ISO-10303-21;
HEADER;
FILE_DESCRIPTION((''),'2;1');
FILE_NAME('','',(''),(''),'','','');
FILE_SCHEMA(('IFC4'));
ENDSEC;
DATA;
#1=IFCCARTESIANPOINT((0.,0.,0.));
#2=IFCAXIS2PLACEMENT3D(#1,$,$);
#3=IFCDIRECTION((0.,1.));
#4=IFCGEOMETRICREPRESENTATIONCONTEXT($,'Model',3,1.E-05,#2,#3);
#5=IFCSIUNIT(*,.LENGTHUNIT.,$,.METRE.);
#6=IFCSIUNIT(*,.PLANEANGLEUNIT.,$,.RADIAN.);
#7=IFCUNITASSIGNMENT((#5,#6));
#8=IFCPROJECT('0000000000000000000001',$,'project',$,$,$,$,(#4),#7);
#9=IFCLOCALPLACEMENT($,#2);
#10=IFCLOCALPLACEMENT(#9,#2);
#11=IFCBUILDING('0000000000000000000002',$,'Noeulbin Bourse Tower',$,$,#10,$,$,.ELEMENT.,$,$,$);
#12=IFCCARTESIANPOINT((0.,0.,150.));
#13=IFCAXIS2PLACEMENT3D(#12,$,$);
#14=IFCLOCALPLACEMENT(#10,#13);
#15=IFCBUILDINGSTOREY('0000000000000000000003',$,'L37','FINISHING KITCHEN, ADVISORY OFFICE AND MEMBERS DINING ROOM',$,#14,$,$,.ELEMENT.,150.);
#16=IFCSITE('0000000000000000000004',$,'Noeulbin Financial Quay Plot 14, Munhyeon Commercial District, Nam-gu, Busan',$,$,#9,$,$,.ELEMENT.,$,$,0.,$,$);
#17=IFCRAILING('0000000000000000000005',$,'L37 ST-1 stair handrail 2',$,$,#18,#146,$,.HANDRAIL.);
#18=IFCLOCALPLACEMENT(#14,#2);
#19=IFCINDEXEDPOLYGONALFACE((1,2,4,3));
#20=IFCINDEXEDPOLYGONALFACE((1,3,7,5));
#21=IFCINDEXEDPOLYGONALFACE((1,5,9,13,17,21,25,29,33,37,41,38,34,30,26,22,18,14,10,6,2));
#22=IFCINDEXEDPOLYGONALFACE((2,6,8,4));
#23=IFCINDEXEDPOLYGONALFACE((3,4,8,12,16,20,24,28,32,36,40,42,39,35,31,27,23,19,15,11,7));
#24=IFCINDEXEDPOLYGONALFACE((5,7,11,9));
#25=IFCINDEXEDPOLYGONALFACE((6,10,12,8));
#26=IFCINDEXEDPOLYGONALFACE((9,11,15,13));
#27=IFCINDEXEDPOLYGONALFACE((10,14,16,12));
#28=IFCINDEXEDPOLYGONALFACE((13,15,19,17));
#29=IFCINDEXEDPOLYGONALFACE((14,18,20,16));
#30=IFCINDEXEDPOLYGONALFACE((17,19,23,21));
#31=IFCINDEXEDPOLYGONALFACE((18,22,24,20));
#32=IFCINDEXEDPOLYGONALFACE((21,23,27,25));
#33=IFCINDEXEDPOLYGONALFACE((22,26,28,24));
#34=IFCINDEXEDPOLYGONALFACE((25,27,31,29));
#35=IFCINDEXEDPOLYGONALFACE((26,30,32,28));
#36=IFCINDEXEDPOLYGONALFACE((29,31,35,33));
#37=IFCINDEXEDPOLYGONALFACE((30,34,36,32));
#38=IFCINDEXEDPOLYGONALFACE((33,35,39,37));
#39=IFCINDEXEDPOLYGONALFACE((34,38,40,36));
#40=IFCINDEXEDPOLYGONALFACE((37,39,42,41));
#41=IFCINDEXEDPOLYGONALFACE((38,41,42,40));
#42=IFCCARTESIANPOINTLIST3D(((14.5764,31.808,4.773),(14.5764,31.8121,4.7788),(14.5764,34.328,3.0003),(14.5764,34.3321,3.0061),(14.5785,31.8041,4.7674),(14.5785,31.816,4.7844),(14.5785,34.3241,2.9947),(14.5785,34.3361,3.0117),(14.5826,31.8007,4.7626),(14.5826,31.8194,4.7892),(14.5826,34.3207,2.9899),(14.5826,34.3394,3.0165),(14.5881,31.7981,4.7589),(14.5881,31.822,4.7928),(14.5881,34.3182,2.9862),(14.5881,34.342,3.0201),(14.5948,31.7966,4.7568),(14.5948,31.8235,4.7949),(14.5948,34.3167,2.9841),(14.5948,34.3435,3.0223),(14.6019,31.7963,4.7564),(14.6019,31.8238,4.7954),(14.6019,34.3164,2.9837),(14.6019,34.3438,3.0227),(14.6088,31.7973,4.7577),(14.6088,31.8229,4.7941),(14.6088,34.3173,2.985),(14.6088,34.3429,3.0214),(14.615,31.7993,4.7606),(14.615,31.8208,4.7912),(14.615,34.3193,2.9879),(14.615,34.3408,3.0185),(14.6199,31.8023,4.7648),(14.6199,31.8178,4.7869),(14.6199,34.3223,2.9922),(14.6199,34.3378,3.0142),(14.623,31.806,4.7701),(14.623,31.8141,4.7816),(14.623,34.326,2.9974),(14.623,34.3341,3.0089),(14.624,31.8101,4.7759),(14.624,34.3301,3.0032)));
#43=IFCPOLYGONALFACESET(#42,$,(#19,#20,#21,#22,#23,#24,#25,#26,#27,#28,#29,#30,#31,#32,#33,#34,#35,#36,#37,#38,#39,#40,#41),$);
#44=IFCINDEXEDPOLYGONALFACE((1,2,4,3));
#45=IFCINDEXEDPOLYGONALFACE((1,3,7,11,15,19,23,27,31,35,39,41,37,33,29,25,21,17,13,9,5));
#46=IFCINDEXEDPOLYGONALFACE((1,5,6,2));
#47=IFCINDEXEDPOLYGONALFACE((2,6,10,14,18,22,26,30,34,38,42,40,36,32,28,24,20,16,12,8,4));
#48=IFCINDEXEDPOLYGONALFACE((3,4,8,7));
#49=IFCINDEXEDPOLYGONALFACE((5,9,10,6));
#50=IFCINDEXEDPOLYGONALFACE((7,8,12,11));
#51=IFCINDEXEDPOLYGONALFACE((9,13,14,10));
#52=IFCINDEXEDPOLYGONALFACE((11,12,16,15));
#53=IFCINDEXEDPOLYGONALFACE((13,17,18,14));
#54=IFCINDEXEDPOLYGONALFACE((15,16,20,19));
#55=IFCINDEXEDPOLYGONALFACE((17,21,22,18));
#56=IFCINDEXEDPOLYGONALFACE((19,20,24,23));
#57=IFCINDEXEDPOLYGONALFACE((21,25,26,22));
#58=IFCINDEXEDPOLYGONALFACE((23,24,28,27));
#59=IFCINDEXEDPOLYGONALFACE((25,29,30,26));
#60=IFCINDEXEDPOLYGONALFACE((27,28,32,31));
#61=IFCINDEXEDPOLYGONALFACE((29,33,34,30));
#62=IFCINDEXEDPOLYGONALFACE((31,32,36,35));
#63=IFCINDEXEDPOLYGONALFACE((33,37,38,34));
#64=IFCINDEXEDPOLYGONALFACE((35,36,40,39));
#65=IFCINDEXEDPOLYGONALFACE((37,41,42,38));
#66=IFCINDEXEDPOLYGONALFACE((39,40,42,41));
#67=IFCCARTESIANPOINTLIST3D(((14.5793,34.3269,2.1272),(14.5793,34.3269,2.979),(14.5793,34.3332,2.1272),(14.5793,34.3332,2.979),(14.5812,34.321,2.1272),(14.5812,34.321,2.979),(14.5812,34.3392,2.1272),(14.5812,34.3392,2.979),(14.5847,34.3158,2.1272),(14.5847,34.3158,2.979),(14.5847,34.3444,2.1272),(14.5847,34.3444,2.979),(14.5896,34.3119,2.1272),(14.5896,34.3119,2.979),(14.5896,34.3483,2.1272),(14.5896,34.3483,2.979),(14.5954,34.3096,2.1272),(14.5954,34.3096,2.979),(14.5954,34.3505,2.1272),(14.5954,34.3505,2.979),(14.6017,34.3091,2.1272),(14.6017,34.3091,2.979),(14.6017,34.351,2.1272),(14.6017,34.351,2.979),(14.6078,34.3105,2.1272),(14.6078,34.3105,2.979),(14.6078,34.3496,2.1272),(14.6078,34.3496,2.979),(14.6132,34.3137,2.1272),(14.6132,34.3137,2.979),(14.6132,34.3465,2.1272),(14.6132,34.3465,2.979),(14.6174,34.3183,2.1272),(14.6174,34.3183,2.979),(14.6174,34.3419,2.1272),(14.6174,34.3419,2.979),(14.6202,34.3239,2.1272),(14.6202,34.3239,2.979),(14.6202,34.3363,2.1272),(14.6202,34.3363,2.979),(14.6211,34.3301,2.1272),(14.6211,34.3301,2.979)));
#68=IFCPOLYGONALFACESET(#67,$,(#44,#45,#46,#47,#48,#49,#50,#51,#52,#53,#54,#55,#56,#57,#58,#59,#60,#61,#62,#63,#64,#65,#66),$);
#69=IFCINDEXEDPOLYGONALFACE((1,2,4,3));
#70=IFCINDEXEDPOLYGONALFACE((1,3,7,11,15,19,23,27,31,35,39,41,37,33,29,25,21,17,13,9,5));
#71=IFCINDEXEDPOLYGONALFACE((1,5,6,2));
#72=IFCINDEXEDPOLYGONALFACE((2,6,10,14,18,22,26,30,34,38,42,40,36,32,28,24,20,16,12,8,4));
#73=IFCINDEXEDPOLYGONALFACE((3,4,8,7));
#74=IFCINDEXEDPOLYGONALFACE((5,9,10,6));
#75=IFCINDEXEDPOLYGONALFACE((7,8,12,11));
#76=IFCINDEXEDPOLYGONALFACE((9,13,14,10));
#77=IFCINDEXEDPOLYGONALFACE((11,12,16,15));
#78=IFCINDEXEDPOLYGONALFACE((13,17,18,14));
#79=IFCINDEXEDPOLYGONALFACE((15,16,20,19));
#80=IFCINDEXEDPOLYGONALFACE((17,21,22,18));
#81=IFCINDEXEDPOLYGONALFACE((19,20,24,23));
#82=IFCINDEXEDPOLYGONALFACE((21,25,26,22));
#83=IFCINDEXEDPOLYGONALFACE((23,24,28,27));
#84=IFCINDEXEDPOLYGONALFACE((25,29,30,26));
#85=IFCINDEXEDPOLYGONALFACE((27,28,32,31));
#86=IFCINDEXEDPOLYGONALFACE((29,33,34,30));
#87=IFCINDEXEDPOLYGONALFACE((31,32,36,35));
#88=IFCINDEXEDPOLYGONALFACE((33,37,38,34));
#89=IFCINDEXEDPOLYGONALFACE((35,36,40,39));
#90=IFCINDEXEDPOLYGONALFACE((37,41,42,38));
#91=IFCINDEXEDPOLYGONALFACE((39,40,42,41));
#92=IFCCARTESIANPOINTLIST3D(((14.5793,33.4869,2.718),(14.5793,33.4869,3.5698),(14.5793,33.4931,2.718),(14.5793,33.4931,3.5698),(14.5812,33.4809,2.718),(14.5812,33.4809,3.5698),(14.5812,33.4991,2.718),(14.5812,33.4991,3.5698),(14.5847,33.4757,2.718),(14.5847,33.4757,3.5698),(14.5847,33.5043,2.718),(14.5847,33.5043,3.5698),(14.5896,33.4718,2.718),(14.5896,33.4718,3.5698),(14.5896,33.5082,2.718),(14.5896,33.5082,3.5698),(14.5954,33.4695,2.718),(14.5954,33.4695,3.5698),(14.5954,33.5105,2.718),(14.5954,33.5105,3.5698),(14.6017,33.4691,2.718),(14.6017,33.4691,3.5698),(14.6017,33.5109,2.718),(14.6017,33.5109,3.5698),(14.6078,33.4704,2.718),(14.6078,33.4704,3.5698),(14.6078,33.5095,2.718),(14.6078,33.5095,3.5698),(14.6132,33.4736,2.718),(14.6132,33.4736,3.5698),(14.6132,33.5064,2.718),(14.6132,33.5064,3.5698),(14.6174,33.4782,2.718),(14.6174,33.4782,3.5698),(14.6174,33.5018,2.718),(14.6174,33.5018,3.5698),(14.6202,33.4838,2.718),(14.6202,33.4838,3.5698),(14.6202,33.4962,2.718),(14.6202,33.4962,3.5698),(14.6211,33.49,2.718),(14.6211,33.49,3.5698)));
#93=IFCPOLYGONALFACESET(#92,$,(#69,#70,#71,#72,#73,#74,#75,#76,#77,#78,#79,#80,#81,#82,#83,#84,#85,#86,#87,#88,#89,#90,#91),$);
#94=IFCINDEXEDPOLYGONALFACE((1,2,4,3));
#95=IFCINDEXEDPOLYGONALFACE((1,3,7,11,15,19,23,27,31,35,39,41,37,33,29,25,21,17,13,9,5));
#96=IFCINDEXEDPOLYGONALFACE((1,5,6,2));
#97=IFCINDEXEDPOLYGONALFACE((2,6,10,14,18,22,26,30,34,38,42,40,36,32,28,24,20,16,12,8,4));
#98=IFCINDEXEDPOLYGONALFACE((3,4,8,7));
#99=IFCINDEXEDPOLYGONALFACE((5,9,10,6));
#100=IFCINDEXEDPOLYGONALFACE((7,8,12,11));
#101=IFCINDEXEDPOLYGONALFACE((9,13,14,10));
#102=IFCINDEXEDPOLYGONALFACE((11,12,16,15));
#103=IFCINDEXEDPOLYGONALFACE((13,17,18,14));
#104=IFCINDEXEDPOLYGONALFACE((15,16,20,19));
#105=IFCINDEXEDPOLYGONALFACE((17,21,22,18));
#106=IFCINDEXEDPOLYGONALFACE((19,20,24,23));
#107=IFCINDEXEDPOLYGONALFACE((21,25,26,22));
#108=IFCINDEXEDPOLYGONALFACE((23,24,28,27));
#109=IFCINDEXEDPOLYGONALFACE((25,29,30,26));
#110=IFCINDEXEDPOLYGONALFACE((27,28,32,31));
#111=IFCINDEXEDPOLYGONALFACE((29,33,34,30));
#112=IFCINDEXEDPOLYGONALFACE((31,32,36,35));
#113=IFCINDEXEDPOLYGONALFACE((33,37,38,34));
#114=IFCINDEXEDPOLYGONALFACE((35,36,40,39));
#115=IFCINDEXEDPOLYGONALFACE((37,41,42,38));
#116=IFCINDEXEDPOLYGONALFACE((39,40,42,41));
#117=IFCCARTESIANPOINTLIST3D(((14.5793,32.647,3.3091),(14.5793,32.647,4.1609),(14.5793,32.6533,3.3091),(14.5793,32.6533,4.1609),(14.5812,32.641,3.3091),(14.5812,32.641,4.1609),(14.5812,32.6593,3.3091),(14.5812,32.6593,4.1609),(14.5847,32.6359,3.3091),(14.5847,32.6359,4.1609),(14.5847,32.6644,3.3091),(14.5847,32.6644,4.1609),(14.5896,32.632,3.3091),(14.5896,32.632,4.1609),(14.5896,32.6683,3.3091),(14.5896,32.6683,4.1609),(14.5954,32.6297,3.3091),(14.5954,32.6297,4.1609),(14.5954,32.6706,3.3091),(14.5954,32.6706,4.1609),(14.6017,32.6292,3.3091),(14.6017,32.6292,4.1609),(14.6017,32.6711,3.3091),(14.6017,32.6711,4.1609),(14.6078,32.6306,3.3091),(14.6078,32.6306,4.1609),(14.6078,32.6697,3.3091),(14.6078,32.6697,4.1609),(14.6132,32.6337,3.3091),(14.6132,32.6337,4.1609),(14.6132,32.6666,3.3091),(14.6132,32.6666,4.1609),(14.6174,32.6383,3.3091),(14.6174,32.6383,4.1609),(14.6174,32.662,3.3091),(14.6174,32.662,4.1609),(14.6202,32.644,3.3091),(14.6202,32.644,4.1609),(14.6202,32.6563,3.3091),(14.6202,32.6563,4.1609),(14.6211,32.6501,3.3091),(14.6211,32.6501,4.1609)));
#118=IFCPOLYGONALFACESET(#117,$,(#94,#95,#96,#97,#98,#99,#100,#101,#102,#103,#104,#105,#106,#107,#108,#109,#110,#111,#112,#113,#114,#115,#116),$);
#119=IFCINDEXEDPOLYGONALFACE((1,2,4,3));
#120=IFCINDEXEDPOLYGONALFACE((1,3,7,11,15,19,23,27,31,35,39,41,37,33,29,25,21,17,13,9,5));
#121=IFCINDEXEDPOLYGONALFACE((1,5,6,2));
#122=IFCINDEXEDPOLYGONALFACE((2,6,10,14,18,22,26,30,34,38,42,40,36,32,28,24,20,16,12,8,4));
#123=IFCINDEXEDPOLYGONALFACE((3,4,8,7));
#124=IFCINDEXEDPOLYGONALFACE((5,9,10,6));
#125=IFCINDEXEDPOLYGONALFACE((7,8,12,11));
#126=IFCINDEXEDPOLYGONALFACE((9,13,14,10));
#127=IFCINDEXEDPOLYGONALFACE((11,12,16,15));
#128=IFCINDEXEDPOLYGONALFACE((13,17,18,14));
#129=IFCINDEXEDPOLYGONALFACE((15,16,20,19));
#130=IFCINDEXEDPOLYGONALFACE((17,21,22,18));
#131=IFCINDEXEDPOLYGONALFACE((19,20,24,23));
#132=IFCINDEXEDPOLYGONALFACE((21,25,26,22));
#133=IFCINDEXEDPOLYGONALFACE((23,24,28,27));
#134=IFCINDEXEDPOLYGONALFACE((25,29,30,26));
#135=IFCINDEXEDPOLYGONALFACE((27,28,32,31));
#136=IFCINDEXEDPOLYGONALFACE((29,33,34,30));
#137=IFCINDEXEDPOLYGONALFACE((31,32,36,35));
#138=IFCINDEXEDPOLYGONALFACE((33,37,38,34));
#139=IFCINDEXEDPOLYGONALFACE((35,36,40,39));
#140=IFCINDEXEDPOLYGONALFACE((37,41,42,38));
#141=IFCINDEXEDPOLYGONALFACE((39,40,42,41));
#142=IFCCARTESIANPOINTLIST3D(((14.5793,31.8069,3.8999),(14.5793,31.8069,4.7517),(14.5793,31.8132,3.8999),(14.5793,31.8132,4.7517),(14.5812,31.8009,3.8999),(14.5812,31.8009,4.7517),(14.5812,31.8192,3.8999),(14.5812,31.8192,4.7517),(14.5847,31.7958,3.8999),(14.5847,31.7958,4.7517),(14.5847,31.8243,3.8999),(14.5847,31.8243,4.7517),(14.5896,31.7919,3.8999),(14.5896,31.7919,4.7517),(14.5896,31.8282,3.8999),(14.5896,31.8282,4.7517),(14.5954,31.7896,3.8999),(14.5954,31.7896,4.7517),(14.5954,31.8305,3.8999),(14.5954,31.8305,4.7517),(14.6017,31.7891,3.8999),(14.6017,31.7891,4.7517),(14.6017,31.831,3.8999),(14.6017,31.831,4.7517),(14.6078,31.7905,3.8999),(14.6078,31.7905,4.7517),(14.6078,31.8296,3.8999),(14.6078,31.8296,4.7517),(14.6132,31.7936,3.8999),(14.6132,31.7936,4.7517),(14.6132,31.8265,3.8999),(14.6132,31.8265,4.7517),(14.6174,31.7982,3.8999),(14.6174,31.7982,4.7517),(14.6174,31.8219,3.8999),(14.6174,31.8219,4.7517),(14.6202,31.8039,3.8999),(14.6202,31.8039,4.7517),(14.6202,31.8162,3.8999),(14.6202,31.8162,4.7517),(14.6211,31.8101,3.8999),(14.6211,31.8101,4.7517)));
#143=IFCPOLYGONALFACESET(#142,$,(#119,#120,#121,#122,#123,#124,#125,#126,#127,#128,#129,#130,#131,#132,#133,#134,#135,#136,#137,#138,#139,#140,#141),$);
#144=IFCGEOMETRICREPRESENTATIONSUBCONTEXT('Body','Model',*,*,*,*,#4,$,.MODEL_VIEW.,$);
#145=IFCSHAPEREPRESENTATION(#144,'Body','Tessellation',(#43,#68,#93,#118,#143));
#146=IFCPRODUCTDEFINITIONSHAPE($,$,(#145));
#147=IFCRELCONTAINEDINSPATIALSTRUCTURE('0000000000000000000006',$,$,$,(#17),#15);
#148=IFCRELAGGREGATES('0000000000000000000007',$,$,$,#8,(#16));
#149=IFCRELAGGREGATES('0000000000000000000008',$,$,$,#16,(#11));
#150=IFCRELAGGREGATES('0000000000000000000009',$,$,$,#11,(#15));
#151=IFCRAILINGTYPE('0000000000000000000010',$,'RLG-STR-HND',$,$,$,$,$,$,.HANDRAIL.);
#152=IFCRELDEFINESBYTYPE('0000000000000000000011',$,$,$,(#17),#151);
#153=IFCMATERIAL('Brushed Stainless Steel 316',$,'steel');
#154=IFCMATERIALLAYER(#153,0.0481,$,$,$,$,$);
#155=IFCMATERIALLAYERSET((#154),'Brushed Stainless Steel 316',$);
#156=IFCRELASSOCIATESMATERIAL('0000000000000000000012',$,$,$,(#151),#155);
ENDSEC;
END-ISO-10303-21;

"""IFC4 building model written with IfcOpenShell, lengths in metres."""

from ifc_helpers import new_model, si_unit, direction, frame, origin, origin_2d, place, context, subcontext, project, spatial, circle, extrude, material, layer, layer_set, type_object, element, save


model = new_model("IFC4")

# Units and contexts
model_context = context("Model", 3, precision=1e-05, world=origin(), true_north=direction((0.0, 1.0)))
body_context = subcontext(model_context, "Body", "Model", "MODEL_VIEW")
ifc_project = project(units=[si_unit("LENGTHUNIT", "METRE"), si_unit("PLANEANGLEUNIT", "RADIAN")], contexts=[model_context])

# Site, building, storey
site_placement = place(None, origin())
site = spatial("IfcSite", under=ifc_project, at=site_placement, Name="Noeulbin Financial Quay Plot 14, Munhyeon Commercial District, Nam-gu, Busan", CompositionType="ELEMENT", RefElevation=0.0)
building_placement = place(site_placement, origin())
building = spatial("IfcBuilding", under=site, at=building_placement, Name="Noeulbin Bourse Tower", CompositionType="ELEMENT")
storey_placement = place(building_placement, frame((0.0, 0.0, 150.0)))
storey = spatial("IfcBuildingStorey", under=building, at=storey_placement, Name="L37", Description="FINISHING KITCHEN, ADVISORY OFFICE AND MEMBERS DINING ROOM", CompositionType="ELEMENT", Elevation=150.0)

# Railing
ifc_material_1 = material(Name="Brushed Stainless Steel 316", Category="steel")
ifc_layer_1 = layer(ifc_material_1, 0.0481)
ifc_layer_set_1 = layer_set([ifc_layer_1], Name="Brushed Stainless Steel 316")
railing_type = type_object("IfcRailingType", Name="RLG-STR-HND", PredefinedType="HANDRAIL", material=ifc_layer_set_1)
railing_placement = place(storey_placement, frame((14.6001, 34.3301, 2.1272)))
element("IfcRailing", 1, at=railing_placement, inside=storey, type_object=railing_type, Name="L37 ST-1 stair handrail 2", PredefinedType="HANDRAIL", context=body_context, shape_type="SweptSolid", body=[
    extrude(circle(Radius=0.0239, at=origin_2d()), frame((0.0, 0.0, 0.876), z_axis=(0.0, -0.817904, 0.575354), x_axis=(1.0, 0.0, 0.0)), (0.0, 0.0, 1.0), 3.0811),
    extrude(circle(Radius=0.021, at=origin_2d()), origin(), (0.0, 0.0, 1.0), 0.8518),
    extrude(circle(Radius=0.021, at=origin_2d()), frame((0.0, -0.8401, 0.5908)), (0.0, 0.0, 1.0), 0.8518),
    extrude(circle(Radius=0.021, at=origin_2d()), frame((0.0, -1.6799, 1.1819)), (0.0, 0.0, 1.0), 0.8518),
    extrude(circle(Radius=0.021, at=origin_2d()), frame((0.0, -2.52, 1.7727)), (0.0, 0.0, 1.0), 0.8518),
])

save(model, "model.ifc")
